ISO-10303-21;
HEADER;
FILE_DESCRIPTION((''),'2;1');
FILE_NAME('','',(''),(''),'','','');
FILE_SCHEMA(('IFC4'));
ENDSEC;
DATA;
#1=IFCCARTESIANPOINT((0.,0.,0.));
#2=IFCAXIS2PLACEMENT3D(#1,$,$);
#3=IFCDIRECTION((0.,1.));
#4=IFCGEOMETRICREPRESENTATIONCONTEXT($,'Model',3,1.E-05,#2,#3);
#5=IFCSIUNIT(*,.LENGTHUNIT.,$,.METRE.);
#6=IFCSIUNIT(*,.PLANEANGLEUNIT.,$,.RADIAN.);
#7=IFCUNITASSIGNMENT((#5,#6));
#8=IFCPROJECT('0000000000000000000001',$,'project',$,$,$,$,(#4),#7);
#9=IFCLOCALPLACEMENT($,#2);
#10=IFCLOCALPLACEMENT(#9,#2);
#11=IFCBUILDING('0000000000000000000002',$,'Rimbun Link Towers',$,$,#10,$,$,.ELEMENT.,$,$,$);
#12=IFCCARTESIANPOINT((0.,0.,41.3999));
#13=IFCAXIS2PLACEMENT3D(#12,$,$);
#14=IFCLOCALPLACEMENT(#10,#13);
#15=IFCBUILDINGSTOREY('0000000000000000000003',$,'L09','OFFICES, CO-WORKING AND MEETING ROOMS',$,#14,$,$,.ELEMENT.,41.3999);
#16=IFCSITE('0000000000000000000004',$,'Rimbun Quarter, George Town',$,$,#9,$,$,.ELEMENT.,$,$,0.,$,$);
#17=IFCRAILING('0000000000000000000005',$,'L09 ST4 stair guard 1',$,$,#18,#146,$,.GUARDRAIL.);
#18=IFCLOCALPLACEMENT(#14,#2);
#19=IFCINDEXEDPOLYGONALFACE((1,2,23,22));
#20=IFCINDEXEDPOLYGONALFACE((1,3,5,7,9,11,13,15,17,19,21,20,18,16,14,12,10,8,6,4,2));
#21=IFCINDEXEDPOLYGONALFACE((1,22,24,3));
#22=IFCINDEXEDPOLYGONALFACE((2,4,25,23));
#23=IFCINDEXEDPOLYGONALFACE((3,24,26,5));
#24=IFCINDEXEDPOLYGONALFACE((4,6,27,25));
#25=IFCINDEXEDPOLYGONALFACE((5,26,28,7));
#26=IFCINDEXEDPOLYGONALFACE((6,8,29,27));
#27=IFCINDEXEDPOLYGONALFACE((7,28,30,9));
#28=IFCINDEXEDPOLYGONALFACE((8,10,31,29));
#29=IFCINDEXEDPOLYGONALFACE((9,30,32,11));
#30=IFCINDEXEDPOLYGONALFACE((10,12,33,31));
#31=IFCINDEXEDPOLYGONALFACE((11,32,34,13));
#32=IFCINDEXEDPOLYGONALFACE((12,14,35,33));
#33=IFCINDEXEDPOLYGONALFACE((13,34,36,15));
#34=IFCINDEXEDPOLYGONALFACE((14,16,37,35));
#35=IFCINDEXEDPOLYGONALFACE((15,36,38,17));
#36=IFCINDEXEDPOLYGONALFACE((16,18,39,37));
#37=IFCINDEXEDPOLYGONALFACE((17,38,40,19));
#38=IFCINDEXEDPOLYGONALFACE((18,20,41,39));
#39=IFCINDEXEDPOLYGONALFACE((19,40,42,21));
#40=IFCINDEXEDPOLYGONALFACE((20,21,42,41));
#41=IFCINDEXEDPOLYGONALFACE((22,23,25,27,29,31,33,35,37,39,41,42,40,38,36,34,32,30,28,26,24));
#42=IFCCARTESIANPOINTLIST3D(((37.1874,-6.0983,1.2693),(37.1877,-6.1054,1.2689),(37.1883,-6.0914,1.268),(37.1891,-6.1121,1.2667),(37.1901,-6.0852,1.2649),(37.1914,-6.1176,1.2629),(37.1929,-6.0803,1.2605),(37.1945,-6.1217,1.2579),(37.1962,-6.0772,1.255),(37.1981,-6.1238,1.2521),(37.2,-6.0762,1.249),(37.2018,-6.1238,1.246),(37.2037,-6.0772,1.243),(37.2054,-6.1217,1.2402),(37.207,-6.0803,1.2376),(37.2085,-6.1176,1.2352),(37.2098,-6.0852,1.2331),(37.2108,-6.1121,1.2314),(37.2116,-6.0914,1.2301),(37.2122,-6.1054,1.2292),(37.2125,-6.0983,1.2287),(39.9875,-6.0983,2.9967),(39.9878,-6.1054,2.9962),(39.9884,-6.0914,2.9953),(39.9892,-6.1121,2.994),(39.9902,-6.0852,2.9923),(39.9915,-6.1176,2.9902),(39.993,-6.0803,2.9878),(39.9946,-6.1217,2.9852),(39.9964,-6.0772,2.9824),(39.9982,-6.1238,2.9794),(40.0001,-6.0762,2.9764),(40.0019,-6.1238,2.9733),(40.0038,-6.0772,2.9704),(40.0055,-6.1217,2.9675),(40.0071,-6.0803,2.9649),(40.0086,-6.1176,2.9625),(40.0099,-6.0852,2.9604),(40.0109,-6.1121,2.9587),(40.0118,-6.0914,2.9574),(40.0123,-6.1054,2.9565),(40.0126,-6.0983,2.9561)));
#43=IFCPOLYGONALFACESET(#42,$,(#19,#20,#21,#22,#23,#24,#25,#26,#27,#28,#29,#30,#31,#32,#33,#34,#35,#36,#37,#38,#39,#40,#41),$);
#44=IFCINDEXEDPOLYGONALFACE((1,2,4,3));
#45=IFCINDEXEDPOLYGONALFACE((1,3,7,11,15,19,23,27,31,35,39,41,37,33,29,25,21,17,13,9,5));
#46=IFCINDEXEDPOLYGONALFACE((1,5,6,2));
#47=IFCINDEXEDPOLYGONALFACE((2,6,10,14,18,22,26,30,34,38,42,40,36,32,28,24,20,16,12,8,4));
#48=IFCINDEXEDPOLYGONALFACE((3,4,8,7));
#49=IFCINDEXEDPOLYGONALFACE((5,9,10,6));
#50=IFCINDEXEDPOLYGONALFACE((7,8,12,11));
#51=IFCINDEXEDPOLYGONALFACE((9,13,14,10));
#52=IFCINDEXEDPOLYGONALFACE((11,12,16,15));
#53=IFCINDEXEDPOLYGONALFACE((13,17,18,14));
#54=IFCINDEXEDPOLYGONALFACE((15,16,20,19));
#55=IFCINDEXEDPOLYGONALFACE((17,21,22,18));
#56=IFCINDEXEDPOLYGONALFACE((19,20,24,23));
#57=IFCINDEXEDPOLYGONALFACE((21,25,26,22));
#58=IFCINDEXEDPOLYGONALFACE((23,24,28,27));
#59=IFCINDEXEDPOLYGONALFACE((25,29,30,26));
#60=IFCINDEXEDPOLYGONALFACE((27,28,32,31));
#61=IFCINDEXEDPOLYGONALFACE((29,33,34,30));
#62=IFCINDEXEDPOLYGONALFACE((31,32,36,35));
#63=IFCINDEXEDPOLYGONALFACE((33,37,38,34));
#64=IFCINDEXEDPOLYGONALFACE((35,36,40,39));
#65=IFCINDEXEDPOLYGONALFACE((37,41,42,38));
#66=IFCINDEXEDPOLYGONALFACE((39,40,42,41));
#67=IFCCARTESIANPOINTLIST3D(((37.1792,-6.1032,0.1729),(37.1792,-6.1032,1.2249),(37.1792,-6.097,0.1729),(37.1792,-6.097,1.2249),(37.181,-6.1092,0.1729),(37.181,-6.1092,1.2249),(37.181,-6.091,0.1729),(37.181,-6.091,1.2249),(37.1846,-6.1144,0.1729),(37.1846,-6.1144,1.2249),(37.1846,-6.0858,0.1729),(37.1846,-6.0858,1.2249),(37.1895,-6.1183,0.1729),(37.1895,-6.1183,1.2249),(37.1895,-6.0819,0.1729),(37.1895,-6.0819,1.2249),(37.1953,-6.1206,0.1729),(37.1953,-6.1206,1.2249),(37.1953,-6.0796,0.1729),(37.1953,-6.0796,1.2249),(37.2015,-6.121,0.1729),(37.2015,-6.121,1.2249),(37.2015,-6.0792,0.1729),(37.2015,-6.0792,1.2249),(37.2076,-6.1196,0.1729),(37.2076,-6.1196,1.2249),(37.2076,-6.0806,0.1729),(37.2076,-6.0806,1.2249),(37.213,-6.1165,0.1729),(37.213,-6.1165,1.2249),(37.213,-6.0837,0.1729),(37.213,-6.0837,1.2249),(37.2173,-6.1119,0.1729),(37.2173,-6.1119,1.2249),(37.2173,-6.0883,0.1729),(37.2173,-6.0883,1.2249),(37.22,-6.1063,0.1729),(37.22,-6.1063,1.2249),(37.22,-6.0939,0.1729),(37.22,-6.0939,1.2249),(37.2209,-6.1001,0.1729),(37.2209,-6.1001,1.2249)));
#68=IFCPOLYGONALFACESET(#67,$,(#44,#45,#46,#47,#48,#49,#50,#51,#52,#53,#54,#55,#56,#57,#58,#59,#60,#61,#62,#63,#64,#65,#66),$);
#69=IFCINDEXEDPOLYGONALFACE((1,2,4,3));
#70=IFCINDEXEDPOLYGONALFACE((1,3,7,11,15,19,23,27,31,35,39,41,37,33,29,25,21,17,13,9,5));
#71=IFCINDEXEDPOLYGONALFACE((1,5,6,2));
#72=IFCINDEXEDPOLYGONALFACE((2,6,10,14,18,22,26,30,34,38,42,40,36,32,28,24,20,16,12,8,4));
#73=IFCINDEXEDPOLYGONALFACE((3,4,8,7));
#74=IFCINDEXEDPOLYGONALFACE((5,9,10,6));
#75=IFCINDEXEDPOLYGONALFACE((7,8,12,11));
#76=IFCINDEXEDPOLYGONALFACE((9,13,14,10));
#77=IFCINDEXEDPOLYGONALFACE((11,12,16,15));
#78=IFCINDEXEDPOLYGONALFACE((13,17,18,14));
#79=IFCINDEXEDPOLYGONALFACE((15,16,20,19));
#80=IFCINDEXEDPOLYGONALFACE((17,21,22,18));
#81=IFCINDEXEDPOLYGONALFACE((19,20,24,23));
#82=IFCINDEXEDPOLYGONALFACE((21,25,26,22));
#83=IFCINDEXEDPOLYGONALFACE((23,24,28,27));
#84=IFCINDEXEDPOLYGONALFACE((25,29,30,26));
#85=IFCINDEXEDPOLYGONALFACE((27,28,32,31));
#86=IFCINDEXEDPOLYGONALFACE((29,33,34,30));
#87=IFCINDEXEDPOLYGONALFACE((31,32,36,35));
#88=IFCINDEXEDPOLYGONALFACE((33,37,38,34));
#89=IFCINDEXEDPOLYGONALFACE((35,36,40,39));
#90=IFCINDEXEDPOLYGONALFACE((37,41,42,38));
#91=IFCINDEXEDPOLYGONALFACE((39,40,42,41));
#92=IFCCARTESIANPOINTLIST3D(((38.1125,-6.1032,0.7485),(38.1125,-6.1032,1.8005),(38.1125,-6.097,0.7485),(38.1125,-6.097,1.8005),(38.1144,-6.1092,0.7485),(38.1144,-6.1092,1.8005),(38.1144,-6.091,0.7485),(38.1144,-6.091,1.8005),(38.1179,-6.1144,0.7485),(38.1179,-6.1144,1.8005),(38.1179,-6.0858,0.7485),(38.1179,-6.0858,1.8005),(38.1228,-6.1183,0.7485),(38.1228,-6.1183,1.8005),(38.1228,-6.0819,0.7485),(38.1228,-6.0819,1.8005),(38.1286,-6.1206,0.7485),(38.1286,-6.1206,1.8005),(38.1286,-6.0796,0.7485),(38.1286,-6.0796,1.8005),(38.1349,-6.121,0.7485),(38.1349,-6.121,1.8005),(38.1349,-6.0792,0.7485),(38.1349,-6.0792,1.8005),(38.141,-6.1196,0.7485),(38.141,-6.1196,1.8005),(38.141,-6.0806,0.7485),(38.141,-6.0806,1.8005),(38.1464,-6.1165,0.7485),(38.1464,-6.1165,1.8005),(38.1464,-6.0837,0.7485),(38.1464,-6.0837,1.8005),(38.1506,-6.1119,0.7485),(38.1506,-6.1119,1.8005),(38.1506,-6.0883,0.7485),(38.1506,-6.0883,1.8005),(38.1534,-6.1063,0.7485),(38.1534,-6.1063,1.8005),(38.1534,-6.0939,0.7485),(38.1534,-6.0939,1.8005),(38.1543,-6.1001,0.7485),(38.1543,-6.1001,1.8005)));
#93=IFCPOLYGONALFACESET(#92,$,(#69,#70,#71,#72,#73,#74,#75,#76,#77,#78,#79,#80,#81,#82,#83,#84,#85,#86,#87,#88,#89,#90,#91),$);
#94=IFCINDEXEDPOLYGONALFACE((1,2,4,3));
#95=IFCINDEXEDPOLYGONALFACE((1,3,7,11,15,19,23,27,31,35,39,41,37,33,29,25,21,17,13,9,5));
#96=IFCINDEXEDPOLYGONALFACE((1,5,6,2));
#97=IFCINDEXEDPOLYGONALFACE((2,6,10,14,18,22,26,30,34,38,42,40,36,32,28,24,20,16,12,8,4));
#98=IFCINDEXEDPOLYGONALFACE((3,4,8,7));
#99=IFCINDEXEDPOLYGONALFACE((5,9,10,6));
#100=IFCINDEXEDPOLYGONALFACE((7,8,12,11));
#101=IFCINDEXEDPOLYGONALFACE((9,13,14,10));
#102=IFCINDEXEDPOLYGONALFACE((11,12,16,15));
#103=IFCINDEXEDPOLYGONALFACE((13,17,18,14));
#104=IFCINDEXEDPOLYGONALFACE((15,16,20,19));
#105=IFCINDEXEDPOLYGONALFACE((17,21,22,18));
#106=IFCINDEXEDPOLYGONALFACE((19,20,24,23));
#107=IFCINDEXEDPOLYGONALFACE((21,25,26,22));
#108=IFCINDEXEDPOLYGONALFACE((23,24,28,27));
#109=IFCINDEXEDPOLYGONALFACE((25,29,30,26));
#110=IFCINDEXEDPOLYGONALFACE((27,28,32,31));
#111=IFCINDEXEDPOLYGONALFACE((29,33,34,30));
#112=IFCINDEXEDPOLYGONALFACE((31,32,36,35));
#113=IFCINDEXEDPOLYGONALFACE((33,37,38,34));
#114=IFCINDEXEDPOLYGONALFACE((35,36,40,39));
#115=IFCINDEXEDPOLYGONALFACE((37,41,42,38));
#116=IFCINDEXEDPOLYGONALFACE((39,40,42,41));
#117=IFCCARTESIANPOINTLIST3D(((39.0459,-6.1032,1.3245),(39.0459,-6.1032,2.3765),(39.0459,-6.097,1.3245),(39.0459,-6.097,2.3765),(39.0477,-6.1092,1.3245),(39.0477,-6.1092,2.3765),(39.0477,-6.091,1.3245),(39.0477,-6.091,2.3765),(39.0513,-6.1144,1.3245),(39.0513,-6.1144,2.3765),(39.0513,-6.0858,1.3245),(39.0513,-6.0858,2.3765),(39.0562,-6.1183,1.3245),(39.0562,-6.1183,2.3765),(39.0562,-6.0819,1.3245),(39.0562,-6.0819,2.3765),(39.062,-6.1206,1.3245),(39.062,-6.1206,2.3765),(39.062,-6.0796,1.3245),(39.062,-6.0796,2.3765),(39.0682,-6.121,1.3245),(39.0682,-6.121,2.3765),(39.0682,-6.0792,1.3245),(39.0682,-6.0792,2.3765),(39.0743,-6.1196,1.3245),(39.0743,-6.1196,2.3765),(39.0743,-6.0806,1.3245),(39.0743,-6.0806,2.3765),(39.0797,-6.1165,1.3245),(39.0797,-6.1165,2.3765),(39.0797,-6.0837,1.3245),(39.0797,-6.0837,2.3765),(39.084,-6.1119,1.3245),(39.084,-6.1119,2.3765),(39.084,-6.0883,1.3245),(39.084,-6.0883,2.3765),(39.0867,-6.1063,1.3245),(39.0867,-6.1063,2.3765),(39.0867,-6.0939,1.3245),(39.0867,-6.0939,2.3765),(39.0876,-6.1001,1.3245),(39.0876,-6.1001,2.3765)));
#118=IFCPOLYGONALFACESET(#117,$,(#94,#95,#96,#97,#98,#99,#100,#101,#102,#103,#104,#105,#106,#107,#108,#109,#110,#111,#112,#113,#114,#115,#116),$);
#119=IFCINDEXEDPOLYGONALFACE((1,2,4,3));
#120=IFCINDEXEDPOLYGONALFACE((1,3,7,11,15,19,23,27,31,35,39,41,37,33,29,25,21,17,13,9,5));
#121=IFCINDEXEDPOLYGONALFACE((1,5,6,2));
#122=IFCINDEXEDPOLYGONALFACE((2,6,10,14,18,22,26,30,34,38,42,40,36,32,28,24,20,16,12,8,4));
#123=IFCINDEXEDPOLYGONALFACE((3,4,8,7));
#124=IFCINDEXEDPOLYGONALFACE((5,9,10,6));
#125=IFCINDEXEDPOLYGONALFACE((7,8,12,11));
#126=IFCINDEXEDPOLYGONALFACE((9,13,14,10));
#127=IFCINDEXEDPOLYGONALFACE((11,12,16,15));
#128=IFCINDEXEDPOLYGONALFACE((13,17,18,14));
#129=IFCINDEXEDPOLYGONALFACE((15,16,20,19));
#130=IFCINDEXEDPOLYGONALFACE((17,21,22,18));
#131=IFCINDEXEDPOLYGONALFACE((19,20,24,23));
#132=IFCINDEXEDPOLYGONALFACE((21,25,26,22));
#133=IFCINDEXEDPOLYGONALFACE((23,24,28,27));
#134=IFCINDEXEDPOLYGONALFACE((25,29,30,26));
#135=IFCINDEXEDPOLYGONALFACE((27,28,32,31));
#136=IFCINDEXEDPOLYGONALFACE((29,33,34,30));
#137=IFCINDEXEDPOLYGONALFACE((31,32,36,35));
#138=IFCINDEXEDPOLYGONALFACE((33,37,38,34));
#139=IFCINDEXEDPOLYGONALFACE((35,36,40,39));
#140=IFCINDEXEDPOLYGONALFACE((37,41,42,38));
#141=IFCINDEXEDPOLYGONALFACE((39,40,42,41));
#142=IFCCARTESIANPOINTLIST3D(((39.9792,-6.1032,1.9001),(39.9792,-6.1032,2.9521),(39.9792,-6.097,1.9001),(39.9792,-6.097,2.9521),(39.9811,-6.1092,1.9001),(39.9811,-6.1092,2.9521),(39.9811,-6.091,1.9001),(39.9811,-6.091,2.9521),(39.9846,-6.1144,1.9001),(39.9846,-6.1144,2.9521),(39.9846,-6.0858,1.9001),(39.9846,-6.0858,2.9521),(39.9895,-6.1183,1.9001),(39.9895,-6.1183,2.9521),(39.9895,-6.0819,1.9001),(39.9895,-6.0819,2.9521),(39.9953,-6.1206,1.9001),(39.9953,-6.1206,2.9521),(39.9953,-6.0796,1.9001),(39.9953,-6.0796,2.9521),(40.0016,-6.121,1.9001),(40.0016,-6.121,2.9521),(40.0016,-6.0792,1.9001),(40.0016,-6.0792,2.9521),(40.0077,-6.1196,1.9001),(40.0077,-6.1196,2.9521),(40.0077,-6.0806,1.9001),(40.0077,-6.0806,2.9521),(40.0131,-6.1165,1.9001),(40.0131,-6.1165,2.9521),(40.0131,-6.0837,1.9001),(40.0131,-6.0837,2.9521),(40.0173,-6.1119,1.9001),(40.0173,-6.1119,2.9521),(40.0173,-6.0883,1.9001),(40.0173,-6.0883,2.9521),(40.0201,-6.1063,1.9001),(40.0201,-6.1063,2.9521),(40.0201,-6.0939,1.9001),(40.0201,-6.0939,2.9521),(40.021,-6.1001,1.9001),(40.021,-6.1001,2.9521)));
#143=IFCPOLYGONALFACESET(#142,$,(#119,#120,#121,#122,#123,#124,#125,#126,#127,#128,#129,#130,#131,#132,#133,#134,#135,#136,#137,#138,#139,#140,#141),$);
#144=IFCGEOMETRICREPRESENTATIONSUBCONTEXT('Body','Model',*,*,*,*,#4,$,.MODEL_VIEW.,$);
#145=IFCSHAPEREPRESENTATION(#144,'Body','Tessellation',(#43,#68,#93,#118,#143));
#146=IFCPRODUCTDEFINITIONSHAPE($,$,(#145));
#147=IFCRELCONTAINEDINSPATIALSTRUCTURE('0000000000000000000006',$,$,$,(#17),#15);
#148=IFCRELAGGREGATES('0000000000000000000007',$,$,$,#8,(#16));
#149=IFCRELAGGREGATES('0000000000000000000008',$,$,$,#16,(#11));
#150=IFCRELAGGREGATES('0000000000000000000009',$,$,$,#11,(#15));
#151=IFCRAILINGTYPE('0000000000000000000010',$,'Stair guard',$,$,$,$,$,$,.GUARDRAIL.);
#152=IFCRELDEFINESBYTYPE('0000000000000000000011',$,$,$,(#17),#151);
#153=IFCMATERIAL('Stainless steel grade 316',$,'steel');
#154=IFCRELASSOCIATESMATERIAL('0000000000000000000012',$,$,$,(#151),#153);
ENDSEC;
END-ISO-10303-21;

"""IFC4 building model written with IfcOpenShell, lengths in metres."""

from ifc_helpers import new_model, si_unit, direction, frame, origin, origin_2d, place, context, subcontext, project, spatial, circle, extrude, material, type_object, element, save


model = new_model("IFC4")

# Units and contexts
model_context = context("Model", 3, precision=1e-05, world=origin(), true_north=direction((0.0, 1.0)))
body_context = subcontext(model_context, "Body", "Model", "MODEL_VIEW")
ifc_project = project(units=[si_unit("LENGTHUNIT", "METRE"), si_unit("PLANEANGLEUNIT", "RADIAN")], contexts=[model_context])

# Site, building, storey
site_placement = place(None, origin())
site = spatial("IfcSite", under=ifc_project, at=site_placement, Name="Rimbun Quarter, George Town", CompositionType="ELEMENT", RefElevation=0.0)
building_placement = place(site_placement, origin())
building = spatial("IfcBuilding", under=site, at=building_placement, Name="Rimbun Link Towers", CompositionType="ELEMENT")
storey_placement = place(building_placement, frame((0.0, 0.0, 41.3999)))
storey = spatial("IfcBuildingStorey", under=building, at=storey_placement, Name="L09", Description="OFFICES, CO-WORKING AND MEETING ROOMS", CompositionType="ELEMENT", Elevation=41.3999)

# Railing
ifc_material_1 = material(Name="Stainless steel grade 316", Category="steel")
railing_type_1 = type_object("IfcRailingType", Name="Stair guard", PredefinedType="GUARDRAIL", material=ifc_material_1)
railing_1_placement = place(storey_placement, frame((37.2, -6.1001, 0.1729)))
element("IfcRailing", 1, at=railing_1_placement, inside=storey, type_object=railing_type_1, Name="L09 ST4 stair guard 1", PredefinedType="GUARDRAIL", context=body_context, shape_type="SweptSolid", body=[
    extrude(circle(Radius=0.0239, at=origin_2d()), frame((0.0, 0.0, 1.0762), z_axis=(0.85109, 0.0, 0.52502), x_axis=(0.0, 1.0, 0.0)), (0.0, 0.0, 1.0), 3.29),
    extrude(circle(Radius=0.021, at=origin_2d()), origin(), (0.0, 0.0, 1.0), 1.052),
    extrude(circle(Radius=0.021, at=origin_2d()), frame((0.9333, 0.0, 0.5757)), (0.0, 0.0, 1.0), 1.052),
    extrude(circle(Radius=0.021, at=origin_2d()), frame((1.8667, 0.0, 1.1516)), (0.0, 0.0, 1.0), 1.052),
    extrude(circle(Radius=0.021, at=origin_2d()), frame((2.8, 0.0, 1.7273)), (0.0, 0.0, 1.0), 1.052),
])

save(model, "model.ifc")
